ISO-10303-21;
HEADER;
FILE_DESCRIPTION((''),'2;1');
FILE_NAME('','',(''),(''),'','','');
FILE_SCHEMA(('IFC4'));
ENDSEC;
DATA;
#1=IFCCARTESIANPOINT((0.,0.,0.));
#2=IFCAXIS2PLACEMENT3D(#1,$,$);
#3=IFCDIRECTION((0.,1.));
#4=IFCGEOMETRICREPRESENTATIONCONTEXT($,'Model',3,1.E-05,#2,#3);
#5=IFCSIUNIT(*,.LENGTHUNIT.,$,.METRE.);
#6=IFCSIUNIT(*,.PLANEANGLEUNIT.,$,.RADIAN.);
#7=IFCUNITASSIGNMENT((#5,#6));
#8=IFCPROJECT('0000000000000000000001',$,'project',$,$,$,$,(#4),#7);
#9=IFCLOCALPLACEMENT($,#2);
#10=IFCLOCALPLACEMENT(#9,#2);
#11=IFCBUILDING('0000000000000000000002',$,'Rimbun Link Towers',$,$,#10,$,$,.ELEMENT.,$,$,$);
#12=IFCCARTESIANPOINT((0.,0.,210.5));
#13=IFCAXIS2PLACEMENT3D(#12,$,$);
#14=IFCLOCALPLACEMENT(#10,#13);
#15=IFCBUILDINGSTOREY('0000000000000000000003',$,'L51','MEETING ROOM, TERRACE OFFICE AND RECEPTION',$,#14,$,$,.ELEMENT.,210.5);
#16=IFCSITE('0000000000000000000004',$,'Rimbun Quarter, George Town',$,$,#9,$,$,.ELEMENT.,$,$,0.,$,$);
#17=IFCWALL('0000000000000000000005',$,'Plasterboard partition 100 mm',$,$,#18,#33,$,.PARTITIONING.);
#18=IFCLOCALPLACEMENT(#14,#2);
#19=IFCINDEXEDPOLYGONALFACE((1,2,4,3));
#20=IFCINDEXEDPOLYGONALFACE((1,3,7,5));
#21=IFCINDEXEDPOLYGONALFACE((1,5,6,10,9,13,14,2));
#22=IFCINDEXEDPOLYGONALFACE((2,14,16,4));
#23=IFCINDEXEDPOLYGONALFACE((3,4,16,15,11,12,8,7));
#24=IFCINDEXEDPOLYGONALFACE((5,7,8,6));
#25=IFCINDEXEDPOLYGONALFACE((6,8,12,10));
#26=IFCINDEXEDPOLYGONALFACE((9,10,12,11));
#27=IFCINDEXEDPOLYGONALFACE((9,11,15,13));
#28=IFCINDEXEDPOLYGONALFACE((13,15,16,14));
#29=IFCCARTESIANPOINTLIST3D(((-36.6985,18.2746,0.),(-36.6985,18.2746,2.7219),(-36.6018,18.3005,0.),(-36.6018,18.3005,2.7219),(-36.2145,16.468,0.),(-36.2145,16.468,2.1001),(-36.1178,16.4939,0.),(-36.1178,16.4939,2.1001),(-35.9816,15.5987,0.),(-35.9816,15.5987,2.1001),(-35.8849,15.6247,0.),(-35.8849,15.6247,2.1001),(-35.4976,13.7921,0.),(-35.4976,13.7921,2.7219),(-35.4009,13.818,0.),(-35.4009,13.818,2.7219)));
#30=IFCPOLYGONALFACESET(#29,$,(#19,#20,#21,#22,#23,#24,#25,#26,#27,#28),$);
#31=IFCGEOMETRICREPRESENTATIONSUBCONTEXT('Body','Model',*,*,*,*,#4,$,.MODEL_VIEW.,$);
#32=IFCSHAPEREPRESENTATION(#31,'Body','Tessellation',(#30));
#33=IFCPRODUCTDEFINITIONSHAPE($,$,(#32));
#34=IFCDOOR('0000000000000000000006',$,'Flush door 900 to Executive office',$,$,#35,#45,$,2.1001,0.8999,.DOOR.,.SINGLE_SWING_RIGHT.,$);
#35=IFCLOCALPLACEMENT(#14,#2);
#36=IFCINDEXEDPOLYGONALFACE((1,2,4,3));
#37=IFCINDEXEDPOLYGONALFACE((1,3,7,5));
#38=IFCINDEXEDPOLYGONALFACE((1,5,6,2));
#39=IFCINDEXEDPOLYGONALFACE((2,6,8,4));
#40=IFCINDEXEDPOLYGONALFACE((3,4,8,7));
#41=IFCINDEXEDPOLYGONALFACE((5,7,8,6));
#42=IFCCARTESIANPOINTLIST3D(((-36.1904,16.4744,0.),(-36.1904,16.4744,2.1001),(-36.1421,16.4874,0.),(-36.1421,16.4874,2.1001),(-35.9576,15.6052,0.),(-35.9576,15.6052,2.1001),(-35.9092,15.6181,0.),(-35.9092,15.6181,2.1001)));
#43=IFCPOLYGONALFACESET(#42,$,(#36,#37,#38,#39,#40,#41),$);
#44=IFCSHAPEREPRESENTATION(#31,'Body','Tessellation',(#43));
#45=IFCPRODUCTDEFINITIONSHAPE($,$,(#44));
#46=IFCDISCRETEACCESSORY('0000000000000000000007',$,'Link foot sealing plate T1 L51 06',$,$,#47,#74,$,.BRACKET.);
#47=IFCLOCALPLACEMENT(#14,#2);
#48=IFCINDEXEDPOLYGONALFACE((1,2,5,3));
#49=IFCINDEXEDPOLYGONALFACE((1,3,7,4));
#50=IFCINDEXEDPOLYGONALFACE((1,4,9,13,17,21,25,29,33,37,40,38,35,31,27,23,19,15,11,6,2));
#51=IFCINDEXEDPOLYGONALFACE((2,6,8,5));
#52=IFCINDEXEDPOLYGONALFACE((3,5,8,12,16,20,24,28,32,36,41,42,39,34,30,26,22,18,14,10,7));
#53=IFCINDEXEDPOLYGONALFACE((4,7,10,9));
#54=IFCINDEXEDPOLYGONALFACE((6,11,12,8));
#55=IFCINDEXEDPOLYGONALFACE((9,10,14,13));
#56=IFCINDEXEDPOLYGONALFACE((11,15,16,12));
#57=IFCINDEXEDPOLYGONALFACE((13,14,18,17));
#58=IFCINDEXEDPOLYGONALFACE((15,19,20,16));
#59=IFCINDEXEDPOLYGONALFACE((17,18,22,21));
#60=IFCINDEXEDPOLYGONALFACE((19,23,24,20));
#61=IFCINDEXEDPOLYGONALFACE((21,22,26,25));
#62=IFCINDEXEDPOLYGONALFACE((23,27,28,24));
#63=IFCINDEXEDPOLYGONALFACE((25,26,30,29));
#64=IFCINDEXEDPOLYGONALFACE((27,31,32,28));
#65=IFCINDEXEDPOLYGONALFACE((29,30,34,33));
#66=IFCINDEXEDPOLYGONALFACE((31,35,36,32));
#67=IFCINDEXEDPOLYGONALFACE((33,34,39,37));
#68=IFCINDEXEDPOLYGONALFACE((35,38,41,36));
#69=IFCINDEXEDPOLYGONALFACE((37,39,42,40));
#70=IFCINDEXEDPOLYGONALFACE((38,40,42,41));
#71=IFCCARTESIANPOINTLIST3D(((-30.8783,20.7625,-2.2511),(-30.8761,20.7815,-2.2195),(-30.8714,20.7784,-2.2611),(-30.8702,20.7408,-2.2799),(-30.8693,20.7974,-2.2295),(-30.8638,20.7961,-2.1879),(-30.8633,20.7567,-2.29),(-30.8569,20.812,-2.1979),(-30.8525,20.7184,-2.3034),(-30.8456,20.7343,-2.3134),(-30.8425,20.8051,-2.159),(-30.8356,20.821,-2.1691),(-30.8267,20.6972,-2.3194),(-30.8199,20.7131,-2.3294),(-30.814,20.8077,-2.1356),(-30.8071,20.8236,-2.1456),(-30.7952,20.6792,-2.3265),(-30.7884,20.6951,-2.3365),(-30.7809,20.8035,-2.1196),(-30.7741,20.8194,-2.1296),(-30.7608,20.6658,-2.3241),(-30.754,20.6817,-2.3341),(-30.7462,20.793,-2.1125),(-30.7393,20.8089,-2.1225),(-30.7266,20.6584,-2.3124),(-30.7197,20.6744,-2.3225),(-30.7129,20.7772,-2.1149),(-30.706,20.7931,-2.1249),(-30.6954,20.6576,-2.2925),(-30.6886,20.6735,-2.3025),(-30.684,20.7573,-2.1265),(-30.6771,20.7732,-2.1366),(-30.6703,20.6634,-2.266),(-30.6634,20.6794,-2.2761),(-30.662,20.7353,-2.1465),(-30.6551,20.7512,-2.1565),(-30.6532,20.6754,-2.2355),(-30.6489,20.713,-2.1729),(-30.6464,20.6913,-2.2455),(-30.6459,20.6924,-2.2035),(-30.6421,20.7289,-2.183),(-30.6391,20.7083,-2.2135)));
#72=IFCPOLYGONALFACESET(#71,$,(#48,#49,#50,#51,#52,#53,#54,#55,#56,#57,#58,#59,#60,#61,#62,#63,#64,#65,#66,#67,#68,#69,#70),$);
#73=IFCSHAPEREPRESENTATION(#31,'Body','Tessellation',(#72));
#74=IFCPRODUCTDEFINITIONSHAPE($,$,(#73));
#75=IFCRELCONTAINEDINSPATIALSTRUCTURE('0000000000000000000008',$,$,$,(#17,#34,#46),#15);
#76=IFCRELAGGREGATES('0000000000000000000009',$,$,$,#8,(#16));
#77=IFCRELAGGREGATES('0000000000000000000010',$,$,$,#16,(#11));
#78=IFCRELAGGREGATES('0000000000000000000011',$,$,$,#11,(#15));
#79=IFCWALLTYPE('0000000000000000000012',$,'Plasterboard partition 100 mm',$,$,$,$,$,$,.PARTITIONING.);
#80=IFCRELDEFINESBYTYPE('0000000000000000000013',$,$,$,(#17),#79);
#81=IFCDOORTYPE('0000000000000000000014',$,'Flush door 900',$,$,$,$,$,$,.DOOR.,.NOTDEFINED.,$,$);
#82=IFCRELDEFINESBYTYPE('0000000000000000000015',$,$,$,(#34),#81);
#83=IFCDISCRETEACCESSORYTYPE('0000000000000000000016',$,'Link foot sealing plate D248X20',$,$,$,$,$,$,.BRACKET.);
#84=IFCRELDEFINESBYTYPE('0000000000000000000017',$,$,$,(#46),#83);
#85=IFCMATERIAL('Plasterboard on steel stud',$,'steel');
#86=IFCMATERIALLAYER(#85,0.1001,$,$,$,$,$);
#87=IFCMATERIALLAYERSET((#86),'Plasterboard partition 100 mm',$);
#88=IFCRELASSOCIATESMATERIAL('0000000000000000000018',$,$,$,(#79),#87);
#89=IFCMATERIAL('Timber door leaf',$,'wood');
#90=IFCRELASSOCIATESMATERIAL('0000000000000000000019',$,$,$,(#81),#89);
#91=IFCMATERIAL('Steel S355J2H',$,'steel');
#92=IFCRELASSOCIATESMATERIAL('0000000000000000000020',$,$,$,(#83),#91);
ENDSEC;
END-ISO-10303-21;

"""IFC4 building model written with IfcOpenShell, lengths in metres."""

from ifc_helpers import new_model, si_unit, direction, frame, frame_2d, origin, origin_2d, place, context, subcontext, project, spatial, rectangle, circle, extrude, material, layer, layer_set, material_profile, profile_set, type_object, element, fill, save


model = new_model("IFC4")

# Units and contexts
model_context = context("Model", 3, precision=1e-05, world=origin(), true_north=direction((0.0, 1.0)))
body_context = subcontext(model_context, "Body", "Model", "MODEL_VIEW")
ifc_project = project(units=[si_unit("LENGTHUNIT", "METRE"), si_unit("PLANEANGLEUNIT", "RADIAN")], contexts=[model_context])

# Site, building, storey
site_placement = place(None, origin())
site = spatial("IfcSite", under=ifc_project, at=site_placement, Name="Rimbun Quarter, George Town", CompositionType="ELEMENT", RefElevation=0.0)
building_placement = place(site_placement, origin())
building = spatial("IfcBuilding", under=site, at=building_placement, Name="Rimbun Link Towers", CompositionType="ELEMENT")
storey_placement = place(building_placement, frame((0.0, 0.0, 210.5)))
storey = spatial("IfcBuildingStorey", under=building, at=storey_placement, Name="L51", Description="MEETING ROOM, TERRACE OFFICE AND RECEPTION", CompositionType="ELEMENT", Elevation=210.5)

# Wall, opening, door
ifc_material_1 = material(Name="Plasterboard on steel stud", Category="steel")
ifc_layer_1 = layer(ifc_material_1, 0.1001)
ifc_layer_set_1 = layer_set([ifc_layer_1], Name="Plasterboard partition 100 mm")
wall_type = type_object("IfcWallType", Name="Plasterboard partition 100 mm", PredefinedType="PARTITIONING", material=ifc_layer_set_1)
wall_placement = place(storey_placement, frame((-36.6501, 18.2876, 0.0), z_axis=(0.0, 0.0, 1.0), x_axis=(0.258779, -0.965937, 0.0)))
wall = element("IfcWall", 1, at=wall_placement, inside=storey, type_object=wall_type, Name="Plasterboard partition 100 mm", PredefinedType="PARTITIONING", context=body_context, shape_type="SweptSolid", body=[
    extrude(rectangle(XDim=4.6406, YDim=0.1001, at=frame_2d((2.3203, 0.0))), origin(), (0.0, 0.0, 1.0), 2.7219),
])
opening_placement = place(wall_placement, frame((1.8704, 0.0, 0.0)))
opening = element("IfcOpeningElement", 2, at=opening_placement, cuts=wall, PredefinedType="OPENING", context=body_context, shape_type="SweptSolid", body=[
    extrude(rectangle(XDim=0.8999, YDim=2.1001, at=frame_2d((0.45, 1.05))), frame((0.0, 0.0601, 0.0), z_axis=(0.0, -1.0, 0.0), x_axis=(1.0, 0.0, 0.0)), (0.0, 0.0, 1.0), 0.1201),
])
ifc_material_2 = material(Name="Timber door leaf", Category="wood")
door_type = type_object("IfcDoorType", Name="Flush door 900", OperationType="NOTDEFINED", PredefinedType="DOOR", material=ifc_material_2)
door_placement = place(opening_placement, origin())
door = element("IfcDoor", 3, at=door_placement, inside=storey, type_object=door_type, Name="Flush door 900 to Executive office", OperationType="SINGLE_SWING_RIGHT", OverallHeight=2.1001, OverallWidth=0.8999, PredefinedType="DOOR", context=body_context, shape_type="SweptSolid", body=[
    extrude(rectangle(XDim=0.8999, YDim=2.1001, at=frame_2d((0.45, 1.05))), frame((0.0, 0.0249, 0.0), z_axis=(0.0, -1.0, 0.0), x_axis=(1.0, 0.0, 0.0)), (0.0, 0.0, 1.0), 0.05),
])
fill(opening, door)

# Discrete accessory
ifc_material_3 = material(Name="Steel S355J2H", Category="steel")
ifc_material_profile_1 = material_profile(ifc_material_3, circle(Radius=0.124, at=origin_2d()), Name="PL D248")
ifc_profile_set_1 = profile_set([ifc_material_profile_1], Name="Steel S355J2H")
discrete_accessory_type = type_object("IfcDiscreteAccessoryType", Name="Link foot sealing plate D248X20", PredefinedType="BRACKET", material=ifc_profile_set_1)
discrete_accessory_placement = place(storey_placement, frame((-30.7622, 20.7324, -2.2195), z_axis=(0.34233, 0.794695, -0.501269), x_axis=(-0.918413, 0.395624, 0.0)))
element("IfcDiscreteAccessory", 4, at=discrete_accessory_placement, inside=storey, type_object=discrete_accessory_type, Name="Link foot sealing plate T1 L51 06", PredefinedType="BRACKET", context=body_context, shape_type="SweptSolid", body=[
    extrude(circle(Radius=0.124, at=origin_2d()), origin(), (0.0, 0.0, 1.0), 0.02),
])

save(model, "model.ifc")
